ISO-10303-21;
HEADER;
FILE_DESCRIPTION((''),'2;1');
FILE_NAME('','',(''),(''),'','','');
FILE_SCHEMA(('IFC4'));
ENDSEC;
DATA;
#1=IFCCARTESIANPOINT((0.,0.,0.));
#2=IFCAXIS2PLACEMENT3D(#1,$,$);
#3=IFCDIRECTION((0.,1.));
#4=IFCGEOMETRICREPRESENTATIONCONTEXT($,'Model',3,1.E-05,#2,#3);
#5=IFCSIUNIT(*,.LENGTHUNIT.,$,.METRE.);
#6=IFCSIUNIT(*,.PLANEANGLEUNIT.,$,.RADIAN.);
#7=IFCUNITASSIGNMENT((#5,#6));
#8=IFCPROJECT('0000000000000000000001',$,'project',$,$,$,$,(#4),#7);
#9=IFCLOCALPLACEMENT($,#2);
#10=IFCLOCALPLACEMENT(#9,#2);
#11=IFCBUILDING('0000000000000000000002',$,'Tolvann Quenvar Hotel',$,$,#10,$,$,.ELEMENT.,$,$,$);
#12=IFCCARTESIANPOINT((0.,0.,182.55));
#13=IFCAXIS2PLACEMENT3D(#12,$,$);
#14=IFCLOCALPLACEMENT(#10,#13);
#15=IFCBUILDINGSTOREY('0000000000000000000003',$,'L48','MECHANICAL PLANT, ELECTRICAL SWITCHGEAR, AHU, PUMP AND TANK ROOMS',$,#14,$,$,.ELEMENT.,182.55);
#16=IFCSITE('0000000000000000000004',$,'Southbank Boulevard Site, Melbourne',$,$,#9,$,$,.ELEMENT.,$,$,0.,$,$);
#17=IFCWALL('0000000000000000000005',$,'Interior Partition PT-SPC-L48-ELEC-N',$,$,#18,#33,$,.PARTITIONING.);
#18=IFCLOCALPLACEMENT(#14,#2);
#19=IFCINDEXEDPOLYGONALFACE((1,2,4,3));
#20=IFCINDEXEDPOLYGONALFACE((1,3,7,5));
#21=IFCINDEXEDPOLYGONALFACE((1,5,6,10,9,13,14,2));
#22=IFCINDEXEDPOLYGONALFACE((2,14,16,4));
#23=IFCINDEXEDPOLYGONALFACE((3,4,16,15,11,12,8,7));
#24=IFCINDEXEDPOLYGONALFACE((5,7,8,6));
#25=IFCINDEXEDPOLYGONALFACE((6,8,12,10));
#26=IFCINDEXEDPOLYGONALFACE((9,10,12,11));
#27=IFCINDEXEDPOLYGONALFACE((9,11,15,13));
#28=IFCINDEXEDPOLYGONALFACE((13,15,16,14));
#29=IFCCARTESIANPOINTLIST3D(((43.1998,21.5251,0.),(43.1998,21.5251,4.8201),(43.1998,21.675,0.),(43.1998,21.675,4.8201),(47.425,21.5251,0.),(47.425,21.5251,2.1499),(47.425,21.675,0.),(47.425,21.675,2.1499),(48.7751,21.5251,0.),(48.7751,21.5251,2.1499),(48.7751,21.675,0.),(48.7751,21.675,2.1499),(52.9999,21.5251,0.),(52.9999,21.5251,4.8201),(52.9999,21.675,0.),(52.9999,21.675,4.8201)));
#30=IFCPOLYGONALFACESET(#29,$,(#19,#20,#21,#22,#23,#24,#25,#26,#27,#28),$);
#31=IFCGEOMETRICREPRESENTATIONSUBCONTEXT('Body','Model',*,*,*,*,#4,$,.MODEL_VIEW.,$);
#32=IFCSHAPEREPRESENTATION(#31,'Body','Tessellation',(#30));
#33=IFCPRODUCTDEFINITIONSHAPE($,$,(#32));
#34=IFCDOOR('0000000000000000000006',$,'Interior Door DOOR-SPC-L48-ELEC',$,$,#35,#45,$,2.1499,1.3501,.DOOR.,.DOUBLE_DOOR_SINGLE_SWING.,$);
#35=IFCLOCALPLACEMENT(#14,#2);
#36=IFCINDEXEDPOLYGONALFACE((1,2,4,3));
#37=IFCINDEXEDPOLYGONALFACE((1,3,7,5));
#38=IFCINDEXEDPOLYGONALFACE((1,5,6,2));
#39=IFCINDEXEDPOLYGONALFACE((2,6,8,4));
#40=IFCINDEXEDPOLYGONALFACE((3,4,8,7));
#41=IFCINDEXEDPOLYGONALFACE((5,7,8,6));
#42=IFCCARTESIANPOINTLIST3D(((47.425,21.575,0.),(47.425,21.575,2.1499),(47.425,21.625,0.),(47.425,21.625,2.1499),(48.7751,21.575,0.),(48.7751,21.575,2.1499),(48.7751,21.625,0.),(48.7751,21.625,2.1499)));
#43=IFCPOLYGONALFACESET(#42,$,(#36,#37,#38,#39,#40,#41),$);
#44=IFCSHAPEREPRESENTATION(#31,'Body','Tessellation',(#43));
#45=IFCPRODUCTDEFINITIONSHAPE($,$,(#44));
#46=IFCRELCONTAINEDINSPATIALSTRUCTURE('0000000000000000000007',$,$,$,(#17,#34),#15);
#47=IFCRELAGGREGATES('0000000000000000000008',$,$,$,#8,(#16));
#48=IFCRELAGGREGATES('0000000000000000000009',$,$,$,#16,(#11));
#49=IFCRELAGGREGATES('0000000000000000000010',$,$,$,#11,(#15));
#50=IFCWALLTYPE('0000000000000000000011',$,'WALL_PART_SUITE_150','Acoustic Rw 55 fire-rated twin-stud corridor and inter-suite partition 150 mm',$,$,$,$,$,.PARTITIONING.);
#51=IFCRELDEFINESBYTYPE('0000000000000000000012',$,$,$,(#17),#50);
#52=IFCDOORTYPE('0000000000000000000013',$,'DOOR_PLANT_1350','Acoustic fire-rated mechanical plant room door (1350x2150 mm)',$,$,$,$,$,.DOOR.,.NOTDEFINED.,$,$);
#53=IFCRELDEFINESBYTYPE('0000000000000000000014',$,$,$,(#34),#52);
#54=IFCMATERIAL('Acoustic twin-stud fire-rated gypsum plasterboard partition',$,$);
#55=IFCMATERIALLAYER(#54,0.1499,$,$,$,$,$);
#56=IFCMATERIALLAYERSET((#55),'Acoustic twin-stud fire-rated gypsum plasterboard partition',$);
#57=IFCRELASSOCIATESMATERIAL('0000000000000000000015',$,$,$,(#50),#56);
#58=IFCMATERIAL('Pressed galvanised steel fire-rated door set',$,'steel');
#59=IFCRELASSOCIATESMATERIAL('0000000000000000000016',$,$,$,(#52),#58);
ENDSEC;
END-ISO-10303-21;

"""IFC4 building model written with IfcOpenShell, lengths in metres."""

from ifc_helpers import new_model, si_unit, direction, frame, frame_2d, origin, place, context, subcontext, project, spatial, rectangle, extrude, source, transform, mapped, material, layer, layer_set, type_object, type_shapes, element, fill, save


model = new_model("IFC4")

# Units and contexts
model_context = context("Model", 3, precision=1e-05, world=origin(), true_north=direction((0.0, 1.0)))
body_context = subcontext(model_context, "Body", "Model", "MODEL_VIEW")
ifc_project = project(units=[si_unit("LENGTHUNIT", "METRE"), si_unit("PLANEANGLEUNIT", "RADIAN")], contexts=[model_context])

# Site, building, storey
site_placement = place(None, origin())
site = spatial("IfcSite", under=ifc_project, at=site_placement, Name="Southbank Boulevard Site, Melbourne", CompositionType="ELEMENT", RefElevation=0.0)
building_placement = place(site_placement, origin())
building = spatial("IfcBuilding", under=site, at=building_placement, Name="Tolvann Quenvar Hotel", CompositionType="ELEMENT")
storey_placement = place(building_placement, frame((0.0, 0.0, 182.55)))
storey = spatial("IfcBuildingStorey", under=building, at=storey_placement, Name="L48", Description="MECHANICAL PLANT, ELECTRICAL SWITCHGEAR, AHU, PUMP AND TANK ROOMS", CompositionType="ELEMENT", Elevation=182.55)

# Shared definitions
ifc_material_1 = material(Name="Acoustic twin-stud fire-rated gypsum plasterboard partition")
ifc_layer_1 = layer(ifc_material_1, 0.1499)
ifc_layer_set_1 = layer_set([ifc_layer_1], Name="Acoustic twin-stud fire-rated gypsum plasterboard partition")
wall_type = type_object("IfcWallType", Name="WALL_PART_SUITE_150", Description="Acoustic Rw 55 fire-rated twin-stud corridor and inter-suite partition 150 mm", PredefinedType="PARTITIONING", material=ifc_layer_set_1)

# Wall, opening, door
wall_1_placement = place(storey_placement, frame((43.2, 21.6001, 0.0), z_axis=(0.0, 0.0, 1.0), x_axis=(1.0, 0.0, 0.0)))
wall_1 = element("IfcWall", 1, at=wall_1_placement, inside=storey, type_object=wall_type, Name="Interior Partition PT-SPC-L48-ELEC-N", PredefinedType="PARTITIONING", context=body_context, shape_type="SweptSolid", body=[
    extrude(rectangle(XDim=9.8, YDim=0.1499, at=frame_2d((4.8999, 0.0))), origin(), (0.0, 0.0, 1.0), 4.8201),
])
opening_placement = place(wall_1_placement, frame((4.2251, 0.0, 0.0)))
opening = element("IfcOpeningElement", 2, at=opening_placement, cuts=wall_1, PredefinedType="OPENING", context=body_context, shape_type="SweptSolid", body=[
    extrude(rectangle(XDim=1.3501, YDim=2.1499, at=frame_2d((0.675, 1.075))), frame((0.0, 0.085, 0.0), z_axis=(0.0, -1.0, 0.0), x_axis=(1.0, 0.0, 0.0)), (0.0, 0.0, 1.0), 0.1699),
])
ifc_material_2 = material(Name="Pressed galvanised steel fire-rated door set", Category="steel")
door_type = type_object("IfcDoorType", Name="DOOR_PLANT_1350", Description="Acoustic fire-rated mechanical plant room door (1350x2150 mm)", OperationType="NOTDEFINED", PredefinedType="DOOR", material=ifc_material_2)
shared_shape_1 = source(origin(), body_context, "Body", "SweptSolid", [
    extrude(rectangle(XDim=1.3501, YDim=2.1499, at=frame_2d((0.675, 1.075))), frame((0.0, 0.0249, 0.0), z_axis=(0.0, -1.0, 0.0), x_axis=(1.0, 0.0, 0.0)), (0.0, 0.0, 1.0), 0.05),
])
type_shapes(door_type, [shared_shape_1])
door_placement = place(opening_placement, origin())
door = element("IfcDoor", 3, at=door_placement, inside=storey, type_object=door_type, Name="Interior Door DOOR-SPC-L48-ELEC", OperationType="DOUBLE_DOOR_SINGLE_SWING", OverallHeight=2.1499, OverallWidth=1.3501, PredefinedType="DOOR", context=body_context, shape_type="MappedRepresentation", body=[
    mapped(shared_shape_1, transform((0.0, 0.0, 0.0), x_axis=(1.0, 0.0, 0.0), y_axis=(0.0, 1.0, 0.0), z_axis=(0.0, 0.0, 1.0), scale=1.0)),
])
fill(opening, door)

save(model, "model.ifc")
